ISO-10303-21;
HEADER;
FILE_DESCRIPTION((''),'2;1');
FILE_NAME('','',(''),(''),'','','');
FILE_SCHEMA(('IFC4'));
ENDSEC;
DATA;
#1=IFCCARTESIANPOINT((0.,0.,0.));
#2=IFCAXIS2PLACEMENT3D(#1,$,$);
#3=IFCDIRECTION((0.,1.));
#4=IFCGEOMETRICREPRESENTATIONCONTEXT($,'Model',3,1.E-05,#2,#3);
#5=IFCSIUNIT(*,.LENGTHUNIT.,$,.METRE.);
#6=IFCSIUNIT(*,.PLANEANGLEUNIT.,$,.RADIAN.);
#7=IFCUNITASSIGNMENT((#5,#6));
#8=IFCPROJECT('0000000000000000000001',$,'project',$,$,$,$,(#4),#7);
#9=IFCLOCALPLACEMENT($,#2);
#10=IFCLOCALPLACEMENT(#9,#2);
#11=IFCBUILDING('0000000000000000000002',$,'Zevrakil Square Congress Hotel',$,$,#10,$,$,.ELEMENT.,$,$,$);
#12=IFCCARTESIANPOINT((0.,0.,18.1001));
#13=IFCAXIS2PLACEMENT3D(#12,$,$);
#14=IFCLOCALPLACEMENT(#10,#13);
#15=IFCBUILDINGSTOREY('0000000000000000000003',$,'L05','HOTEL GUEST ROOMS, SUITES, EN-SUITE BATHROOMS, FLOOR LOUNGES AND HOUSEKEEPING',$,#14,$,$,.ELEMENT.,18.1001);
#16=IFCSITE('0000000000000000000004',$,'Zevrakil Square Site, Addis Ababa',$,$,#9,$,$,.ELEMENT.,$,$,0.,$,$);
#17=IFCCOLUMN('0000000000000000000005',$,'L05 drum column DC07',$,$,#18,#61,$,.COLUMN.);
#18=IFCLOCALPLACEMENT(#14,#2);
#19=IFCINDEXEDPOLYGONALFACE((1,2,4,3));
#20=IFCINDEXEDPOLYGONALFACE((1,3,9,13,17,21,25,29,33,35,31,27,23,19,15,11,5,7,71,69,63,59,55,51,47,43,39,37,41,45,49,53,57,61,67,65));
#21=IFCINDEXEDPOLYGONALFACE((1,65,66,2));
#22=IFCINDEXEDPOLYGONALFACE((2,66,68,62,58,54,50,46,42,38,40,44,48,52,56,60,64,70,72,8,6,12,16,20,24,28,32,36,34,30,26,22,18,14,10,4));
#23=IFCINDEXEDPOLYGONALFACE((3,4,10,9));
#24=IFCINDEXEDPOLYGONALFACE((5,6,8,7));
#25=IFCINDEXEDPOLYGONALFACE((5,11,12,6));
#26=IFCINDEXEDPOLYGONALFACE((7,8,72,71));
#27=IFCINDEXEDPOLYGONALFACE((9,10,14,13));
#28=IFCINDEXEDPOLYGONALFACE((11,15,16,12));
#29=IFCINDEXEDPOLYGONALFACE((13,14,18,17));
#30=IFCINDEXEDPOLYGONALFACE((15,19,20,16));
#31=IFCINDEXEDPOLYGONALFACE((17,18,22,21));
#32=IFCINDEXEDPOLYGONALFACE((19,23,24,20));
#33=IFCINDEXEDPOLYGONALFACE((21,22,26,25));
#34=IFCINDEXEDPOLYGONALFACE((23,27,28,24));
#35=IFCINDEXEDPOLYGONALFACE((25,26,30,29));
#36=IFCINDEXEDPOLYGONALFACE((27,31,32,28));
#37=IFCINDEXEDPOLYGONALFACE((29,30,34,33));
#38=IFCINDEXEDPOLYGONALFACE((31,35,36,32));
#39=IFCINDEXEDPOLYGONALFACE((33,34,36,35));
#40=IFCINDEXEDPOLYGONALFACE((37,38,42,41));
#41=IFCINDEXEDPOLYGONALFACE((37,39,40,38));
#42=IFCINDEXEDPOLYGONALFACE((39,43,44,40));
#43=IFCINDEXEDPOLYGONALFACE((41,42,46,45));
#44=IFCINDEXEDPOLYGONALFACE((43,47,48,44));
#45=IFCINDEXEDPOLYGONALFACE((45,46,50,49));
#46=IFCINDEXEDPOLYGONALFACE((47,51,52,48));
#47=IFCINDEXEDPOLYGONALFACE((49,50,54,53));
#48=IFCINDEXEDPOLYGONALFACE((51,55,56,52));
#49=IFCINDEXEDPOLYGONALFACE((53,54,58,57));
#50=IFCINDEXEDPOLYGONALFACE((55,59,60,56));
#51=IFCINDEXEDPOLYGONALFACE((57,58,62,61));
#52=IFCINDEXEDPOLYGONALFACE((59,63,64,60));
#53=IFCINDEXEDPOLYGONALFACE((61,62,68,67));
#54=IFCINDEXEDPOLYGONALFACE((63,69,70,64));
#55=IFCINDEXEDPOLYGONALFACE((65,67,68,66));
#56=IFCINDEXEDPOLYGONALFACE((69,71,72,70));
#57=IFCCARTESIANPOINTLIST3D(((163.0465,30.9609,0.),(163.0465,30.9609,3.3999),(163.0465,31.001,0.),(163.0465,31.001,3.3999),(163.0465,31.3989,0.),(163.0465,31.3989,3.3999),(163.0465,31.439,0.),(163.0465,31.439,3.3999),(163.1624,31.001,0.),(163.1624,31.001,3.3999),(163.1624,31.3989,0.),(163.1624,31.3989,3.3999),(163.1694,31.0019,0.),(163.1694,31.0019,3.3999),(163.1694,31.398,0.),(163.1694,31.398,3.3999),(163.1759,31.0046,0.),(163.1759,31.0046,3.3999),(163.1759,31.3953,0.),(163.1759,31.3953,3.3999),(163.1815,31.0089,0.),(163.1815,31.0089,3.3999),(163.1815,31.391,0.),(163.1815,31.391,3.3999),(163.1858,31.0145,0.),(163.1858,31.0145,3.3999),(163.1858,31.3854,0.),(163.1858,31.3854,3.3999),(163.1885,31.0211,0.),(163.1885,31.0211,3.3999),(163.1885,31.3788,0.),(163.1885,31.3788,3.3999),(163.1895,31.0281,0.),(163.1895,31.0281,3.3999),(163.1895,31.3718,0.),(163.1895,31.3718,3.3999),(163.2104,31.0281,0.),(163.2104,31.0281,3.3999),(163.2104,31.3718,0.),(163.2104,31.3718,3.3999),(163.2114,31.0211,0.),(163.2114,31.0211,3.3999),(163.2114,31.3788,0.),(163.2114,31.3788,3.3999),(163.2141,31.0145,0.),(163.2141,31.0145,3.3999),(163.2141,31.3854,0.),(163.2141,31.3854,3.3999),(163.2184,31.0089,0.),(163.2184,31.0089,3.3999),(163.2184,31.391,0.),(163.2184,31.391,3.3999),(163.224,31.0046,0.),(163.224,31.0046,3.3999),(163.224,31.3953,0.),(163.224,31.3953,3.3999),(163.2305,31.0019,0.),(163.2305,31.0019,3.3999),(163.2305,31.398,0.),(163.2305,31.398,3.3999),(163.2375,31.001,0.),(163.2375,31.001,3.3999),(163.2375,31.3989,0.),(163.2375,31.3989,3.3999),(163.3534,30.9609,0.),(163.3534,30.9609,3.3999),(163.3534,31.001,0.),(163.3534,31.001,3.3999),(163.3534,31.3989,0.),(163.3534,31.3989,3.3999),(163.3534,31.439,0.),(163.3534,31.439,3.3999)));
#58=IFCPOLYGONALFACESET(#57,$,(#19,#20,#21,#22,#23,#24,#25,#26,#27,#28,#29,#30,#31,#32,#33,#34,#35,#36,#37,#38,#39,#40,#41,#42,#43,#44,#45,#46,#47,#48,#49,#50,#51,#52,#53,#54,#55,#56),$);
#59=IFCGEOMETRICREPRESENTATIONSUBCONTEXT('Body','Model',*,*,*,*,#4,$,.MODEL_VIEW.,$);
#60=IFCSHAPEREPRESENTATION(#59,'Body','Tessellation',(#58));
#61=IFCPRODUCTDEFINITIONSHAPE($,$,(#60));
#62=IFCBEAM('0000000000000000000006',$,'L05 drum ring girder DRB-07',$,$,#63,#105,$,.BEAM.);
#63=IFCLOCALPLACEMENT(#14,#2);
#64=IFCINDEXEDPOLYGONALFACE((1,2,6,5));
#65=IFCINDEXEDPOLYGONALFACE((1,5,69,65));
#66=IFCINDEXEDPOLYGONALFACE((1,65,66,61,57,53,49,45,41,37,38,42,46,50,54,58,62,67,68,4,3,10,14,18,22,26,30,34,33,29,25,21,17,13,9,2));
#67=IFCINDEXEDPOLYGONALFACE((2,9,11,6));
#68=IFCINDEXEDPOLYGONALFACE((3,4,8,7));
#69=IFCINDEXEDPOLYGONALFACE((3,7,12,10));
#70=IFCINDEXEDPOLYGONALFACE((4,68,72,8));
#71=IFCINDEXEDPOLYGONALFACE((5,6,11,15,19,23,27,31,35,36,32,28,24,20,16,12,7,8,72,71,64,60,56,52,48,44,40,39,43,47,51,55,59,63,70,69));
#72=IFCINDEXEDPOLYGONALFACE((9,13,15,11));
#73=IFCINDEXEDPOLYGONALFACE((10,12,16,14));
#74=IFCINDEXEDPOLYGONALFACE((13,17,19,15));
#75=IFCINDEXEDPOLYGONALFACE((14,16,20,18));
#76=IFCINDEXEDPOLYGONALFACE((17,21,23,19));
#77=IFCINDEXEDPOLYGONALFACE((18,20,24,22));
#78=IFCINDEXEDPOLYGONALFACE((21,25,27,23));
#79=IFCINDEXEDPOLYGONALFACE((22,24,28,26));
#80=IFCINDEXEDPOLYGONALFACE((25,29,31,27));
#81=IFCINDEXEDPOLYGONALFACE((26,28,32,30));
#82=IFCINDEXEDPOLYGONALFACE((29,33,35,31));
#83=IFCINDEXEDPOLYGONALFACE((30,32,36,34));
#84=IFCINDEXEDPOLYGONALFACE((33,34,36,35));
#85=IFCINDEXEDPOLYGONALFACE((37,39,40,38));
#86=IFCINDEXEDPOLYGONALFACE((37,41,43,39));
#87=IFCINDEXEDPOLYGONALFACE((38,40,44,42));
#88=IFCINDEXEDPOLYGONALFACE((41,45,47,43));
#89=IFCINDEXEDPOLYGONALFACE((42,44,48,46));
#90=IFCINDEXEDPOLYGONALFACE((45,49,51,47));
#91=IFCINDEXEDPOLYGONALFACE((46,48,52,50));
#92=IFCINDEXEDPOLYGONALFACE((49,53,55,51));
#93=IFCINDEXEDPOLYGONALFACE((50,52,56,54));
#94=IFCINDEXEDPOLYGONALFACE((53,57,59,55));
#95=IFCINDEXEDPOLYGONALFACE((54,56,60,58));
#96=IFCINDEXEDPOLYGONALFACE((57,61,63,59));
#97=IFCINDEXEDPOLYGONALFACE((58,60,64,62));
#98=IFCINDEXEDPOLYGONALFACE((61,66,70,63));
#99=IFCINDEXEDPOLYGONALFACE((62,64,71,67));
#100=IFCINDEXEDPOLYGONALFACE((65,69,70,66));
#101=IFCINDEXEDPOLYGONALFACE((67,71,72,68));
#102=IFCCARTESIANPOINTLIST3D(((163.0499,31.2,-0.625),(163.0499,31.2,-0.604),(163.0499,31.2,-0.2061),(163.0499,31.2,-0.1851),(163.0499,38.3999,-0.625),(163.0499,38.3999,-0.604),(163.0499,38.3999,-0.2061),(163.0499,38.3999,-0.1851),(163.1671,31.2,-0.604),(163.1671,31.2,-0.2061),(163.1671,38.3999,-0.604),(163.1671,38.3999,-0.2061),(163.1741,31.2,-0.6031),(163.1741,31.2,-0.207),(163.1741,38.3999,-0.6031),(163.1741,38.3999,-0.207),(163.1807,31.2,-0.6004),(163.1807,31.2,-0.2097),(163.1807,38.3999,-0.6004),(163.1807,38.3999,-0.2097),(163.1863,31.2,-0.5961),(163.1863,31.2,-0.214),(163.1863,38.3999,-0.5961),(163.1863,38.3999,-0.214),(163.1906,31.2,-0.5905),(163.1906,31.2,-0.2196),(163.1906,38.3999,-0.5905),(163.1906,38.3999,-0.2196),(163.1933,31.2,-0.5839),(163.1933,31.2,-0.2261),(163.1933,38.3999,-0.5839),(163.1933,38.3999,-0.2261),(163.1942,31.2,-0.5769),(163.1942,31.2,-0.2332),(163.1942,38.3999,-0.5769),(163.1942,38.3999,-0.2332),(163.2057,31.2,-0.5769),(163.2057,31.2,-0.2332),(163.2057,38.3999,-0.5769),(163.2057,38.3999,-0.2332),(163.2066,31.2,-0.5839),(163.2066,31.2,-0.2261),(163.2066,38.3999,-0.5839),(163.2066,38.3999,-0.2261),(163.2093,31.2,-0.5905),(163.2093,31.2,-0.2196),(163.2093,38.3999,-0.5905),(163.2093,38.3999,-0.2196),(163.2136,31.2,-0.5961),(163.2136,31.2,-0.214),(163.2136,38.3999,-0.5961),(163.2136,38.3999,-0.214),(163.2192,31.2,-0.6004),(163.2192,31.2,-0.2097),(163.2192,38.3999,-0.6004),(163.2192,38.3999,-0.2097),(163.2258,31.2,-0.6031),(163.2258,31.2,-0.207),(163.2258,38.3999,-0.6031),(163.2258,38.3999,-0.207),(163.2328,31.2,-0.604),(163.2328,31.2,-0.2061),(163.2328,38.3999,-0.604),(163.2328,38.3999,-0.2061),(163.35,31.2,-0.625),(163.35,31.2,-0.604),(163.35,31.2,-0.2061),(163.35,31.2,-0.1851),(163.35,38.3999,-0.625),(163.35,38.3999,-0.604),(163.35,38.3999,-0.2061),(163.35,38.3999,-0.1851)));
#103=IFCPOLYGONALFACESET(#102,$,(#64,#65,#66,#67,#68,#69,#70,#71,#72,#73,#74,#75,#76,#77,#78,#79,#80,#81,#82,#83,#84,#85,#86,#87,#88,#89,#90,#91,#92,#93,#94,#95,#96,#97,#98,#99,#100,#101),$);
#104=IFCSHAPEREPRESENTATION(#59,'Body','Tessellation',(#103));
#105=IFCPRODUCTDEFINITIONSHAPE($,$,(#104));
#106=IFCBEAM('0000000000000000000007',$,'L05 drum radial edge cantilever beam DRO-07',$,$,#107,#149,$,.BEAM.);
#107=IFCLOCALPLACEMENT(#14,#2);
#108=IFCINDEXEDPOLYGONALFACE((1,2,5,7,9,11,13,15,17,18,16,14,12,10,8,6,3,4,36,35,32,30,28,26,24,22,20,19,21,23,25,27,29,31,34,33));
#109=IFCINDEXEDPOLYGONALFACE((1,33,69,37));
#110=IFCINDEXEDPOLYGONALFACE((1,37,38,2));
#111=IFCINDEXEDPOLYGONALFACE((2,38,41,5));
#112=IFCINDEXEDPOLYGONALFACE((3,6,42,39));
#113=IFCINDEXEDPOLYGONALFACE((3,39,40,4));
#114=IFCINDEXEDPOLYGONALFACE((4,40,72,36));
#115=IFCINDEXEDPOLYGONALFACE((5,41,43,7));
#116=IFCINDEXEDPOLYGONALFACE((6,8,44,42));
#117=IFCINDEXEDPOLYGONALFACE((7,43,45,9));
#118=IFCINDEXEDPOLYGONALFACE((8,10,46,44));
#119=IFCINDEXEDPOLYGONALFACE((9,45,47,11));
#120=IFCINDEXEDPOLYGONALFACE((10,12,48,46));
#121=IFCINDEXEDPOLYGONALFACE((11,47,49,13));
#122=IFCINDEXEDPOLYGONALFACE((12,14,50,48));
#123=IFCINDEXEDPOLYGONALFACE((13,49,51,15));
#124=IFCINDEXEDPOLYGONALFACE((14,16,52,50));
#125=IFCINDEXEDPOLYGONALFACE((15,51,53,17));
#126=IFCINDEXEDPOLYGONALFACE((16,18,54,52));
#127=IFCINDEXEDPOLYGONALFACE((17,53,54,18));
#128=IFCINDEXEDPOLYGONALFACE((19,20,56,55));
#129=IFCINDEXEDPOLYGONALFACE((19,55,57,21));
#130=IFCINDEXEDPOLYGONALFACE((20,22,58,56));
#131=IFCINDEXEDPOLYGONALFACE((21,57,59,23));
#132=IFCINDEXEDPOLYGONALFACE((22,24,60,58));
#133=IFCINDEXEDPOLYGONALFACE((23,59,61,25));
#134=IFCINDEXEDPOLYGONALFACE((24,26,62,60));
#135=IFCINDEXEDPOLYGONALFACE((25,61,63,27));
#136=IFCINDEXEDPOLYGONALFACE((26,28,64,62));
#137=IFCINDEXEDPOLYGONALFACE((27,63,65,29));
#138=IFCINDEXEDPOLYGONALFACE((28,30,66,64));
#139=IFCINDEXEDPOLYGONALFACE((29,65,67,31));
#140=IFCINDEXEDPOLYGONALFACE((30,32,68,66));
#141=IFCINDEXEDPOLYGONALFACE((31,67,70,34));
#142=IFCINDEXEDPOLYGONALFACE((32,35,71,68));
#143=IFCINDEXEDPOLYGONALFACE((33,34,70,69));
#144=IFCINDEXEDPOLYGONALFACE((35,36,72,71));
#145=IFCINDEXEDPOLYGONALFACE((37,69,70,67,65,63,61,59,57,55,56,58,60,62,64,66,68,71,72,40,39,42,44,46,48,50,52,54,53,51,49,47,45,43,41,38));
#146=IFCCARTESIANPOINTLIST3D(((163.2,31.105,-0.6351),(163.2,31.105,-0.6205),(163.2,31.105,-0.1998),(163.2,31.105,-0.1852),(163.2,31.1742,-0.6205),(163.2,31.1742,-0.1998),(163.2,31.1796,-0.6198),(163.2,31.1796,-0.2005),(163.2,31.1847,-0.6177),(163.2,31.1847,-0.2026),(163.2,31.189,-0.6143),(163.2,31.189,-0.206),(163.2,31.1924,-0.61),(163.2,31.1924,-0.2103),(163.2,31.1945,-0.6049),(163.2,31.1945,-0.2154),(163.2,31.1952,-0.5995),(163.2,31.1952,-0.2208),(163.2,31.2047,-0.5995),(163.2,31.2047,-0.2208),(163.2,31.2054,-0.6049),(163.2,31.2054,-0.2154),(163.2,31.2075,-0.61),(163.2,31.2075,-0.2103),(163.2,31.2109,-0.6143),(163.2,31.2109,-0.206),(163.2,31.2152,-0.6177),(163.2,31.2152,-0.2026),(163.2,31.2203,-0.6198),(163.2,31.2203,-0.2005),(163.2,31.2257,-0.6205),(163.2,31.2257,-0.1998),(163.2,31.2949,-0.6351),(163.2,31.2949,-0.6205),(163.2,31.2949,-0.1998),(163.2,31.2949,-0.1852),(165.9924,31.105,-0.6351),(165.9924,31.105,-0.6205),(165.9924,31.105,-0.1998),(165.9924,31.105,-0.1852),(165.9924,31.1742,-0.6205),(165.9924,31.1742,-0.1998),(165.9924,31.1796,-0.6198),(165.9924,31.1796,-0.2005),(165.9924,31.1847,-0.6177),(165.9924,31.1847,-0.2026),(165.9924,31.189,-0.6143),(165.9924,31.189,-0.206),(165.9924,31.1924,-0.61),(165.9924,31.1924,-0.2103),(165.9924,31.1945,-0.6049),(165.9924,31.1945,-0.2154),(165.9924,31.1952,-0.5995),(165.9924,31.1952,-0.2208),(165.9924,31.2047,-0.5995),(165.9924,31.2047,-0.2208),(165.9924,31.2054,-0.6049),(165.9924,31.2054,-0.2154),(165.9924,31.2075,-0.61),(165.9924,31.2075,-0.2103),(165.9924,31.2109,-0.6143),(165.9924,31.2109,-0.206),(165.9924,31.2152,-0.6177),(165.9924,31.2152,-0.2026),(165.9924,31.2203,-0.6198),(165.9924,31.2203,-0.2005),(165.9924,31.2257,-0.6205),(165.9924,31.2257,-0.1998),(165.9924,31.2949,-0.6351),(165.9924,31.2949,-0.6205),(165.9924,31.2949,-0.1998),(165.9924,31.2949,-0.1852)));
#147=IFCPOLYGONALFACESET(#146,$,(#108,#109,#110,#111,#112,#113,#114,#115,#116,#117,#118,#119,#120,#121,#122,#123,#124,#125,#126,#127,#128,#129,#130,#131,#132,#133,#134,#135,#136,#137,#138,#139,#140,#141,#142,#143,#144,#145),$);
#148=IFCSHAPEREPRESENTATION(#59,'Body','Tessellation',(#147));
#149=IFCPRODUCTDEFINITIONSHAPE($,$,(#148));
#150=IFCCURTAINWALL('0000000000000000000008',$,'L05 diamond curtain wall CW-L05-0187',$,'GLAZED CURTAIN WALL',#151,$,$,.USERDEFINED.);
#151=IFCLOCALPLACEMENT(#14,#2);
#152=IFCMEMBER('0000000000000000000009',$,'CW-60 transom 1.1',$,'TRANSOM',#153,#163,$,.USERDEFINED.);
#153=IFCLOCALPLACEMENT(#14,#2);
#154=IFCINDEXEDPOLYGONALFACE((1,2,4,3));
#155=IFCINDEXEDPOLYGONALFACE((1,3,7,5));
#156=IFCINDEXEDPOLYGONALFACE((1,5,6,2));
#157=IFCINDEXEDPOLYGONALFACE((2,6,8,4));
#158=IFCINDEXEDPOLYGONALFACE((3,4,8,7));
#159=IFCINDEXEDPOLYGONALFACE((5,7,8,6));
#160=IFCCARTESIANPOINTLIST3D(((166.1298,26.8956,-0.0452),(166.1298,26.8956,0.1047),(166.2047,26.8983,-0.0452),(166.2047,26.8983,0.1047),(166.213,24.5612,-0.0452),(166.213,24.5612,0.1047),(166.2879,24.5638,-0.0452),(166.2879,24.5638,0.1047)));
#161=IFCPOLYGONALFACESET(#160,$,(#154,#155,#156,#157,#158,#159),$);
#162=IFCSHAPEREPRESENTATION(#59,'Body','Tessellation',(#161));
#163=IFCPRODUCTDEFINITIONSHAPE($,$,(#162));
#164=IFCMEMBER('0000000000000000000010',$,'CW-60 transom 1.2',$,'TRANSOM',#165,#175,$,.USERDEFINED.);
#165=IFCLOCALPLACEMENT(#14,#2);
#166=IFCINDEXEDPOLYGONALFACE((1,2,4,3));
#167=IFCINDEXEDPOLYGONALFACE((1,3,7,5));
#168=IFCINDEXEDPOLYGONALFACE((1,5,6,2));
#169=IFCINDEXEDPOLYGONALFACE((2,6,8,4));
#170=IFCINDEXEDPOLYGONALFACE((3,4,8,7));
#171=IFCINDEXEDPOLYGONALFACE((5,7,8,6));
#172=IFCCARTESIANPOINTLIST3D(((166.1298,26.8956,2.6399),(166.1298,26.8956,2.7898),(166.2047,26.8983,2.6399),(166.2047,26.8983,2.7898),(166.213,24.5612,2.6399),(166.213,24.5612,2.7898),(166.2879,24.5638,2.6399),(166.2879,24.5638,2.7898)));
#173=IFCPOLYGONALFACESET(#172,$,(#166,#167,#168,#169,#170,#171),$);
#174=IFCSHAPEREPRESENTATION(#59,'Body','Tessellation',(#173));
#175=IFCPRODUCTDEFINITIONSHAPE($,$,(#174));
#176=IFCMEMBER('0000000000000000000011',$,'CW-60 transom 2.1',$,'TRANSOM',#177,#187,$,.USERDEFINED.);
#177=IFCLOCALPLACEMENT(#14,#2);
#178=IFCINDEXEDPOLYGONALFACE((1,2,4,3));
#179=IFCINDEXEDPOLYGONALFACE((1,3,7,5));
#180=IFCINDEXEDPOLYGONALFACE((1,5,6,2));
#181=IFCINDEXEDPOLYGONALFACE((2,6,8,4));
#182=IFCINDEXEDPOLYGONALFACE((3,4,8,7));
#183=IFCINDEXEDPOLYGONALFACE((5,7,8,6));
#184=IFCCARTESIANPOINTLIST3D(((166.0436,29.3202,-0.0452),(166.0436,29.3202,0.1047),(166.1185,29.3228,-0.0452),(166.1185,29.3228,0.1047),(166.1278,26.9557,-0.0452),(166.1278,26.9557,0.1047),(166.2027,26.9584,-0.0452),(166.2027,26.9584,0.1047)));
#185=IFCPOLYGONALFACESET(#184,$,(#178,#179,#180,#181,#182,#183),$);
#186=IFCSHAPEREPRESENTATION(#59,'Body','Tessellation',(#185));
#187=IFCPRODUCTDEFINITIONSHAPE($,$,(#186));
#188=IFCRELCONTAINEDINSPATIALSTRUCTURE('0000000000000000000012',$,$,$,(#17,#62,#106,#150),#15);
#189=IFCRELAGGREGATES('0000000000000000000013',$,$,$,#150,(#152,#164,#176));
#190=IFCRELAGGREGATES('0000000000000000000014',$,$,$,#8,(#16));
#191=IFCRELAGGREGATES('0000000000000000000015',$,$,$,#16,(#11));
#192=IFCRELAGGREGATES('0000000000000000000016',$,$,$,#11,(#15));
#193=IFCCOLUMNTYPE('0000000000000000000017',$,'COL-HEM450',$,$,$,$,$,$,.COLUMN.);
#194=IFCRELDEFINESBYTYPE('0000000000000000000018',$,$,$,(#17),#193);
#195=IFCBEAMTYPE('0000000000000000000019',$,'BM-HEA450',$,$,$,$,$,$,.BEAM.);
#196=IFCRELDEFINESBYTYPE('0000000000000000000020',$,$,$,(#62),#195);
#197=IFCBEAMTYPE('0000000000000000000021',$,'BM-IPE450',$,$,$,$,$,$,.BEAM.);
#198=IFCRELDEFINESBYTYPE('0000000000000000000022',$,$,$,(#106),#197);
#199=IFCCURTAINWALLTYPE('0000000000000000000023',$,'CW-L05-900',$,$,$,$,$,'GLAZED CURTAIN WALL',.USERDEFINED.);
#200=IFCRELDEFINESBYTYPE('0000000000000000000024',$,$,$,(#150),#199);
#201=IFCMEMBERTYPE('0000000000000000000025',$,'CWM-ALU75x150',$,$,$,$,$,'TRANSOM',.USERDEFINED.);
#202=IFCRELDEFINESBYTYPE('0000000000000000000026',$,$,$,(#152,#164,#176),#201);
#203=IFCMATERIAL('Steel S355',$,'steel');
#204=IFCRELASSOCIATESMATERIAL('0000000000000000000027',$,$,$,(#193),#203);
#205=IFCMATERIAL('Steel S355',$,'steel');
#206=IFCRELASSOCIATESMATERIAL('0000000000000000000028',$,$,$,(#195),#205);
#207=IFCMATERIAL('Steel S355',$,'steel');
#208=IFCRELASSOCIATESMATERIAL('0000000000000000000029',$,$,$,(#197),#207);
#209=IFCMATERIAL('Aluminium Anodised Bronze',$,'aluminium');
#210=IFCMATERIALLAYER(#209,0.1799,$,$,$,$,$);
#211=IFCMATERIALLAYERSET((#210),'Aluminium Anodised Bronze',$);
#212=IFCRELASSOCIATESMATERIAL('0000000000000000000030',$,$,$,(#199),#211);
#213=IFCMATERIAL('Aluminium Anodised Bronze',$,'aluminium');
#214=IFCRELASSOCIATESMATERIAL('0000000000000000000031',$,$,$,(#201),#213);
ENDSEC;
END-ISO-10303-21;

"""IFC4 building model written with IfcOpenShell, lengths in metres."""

from ifc_helpers import new_model, si_unit, direction, frame, origin, origin_2d, place, context, subcontext, project, spatial, rectangle, i_section, extrude, material, layer, layer_set, material_profile, profile_set, type_object, element, aggregate, save


model = new_model("IFC4")

# Units and contexts
model_context = context("Model", 3, precision=1e-05, world=origin(), true_north=direction((0.0, 1.0)))
body_context = subcontext(model_context, "Body", "Model", "MODEL_VIEW")
ifc_project = project(units=[si_unit("LENGTHUNIT", "METRE"), si_unit("PLANEANGLEUNIT", "RADIAN")], contexts=[model_context])

# Site, building, storey
site_placement = place(None, origin())
site = spatial("IfcSite", under=ifc_project, at=site_placement, Name="Zevrakil Square Site, Addis Ababa", CompositionType="ELEMENT", RefElevation=0.0)
building_placement = place(site_placement, origin())
building = spatial("IfcBuilding", under=site, at=building_placement, Name="Zevrakil Square Congress Hotel", CompositionType="ELEMENT")
storey_placement = place(building_placement, frame((0.0, 0.0, 18.1001)))
storey = spatial("IfcBuildingStorey", under=building, at=storey_placement, Name="L05", Description="HOTEL GUEST ROOMS, SUITES, EN-SUITE BATHROOMS, FLOOR LOUNGES AND HOUSEKEEPING", CompositionType="ELEMENT", Elevation=18.1001)

# Column
ifc_material_1 = material(Name="Steel S355", Category="steel")
ifc_material_profile_1 = material_profile(ifc_material_1, i_section(OverallWidth=0.3069, OverallDepth=0.478, WebThickness=0.021, FlangeThickness=0.04, FilletRadius=0.0271, at=origin_2d()), Name="HEM 450")
ifc_profile_set_1 = profile_set([ifc_material_profile_1], Name="Steel S355")
column_type = type_object("IfcColumnType", Name="COL-HEM450", PredefinedType="COLUMN", material=ifc_profile_set_1)
column_placement = place(storey_placement, frame((163.2, 31.2, 0.0), z_axis=(0.0, 0.0, 1.0), x_axis=(1.0, 0.0, 0.0)))
element("IfcColumn", 1, at=column_placement, inside=storey, type_object=column_type, Name="L05 drum column DC07", PredefinedType="COLUMN", context=body_context, shape_type="SweptSolid", body=[
    extrude(i_section(OverallWidth=0.3069, OverallDepth=0.478, WebThickness=0.021, FlangeThickness=0.04, FilletRadius=0.0271, at=origin_2d()), origin(), (0.0, 0.0, 1.0), 3.3999),
])

# Beams
ifc_material_2 = material(Name="Steel S355", Category="steel")
ifc_material_profile_2 = material_profile(ifc_material_2, i_section(OverallWidth=0.3, OverallDepth=0.4399, WebThickness=0.0115, FlangeThickness=0.021, FilletRadius=0.0271, at=origin_2d()), Name="HEA 450")
ifc_profile_set_2 = profile_set([ifc_material_profile_2], Name="Steel S355")
beam_type_1 = type_object("IfcBeamType", Name="BM-HEA450", PredefinedType="BEAM", material=ifc_profile_set_2)
beam_1_placement = place(storey_placement, frame((163.2, 31.2, -0.405), z_axis=(0.0, 1.0, 0.0), x_axis=(-1.0, 0.0, 0.0)))
element("IfcBeam", 2, at=beam_1_placement, inside=storey, type_object=beam_type_1, Name="L05 drum ring girder DRB-07", PredefinedType="BEAM", context=body_context, shape_type="SweptSolid", body=[
    extrude(i_section(OverallWidth=0.3, OverallDepth=0.4399, WebThickness=0.0115, FlangeThickness=0.021, FilletRadius=0.0271, at=origin_2d()), origin(), (0.0, 0.0, 1.0), 7.2),
])
ifc_material_3 = material(Name="Steel S355", Category="steel")
ifc_material_profile_3 = material_profile(ifc_material_3, i_section(OverallWidth=0.1899, OverallDepth=0.45, WebThickness=0.0095, FlangeThickness=0.0146, FilletRadius=0.021, at=origin_2d()), Name="IPE 450")
ifc_profile_set_3 = profile_set([ifc_material_profile_3], Name="Steel S355")
beam_type_2 = type_object("IfcBeamType", Name="BM-IPE450", PredefinedType="BEAM", material=ifc_profile_set_3)
beam_2_placement = place(storey_placement, frame((163.2, 31.2, -0.4102), z_axis=(1.0, 0.0, 0.0), x_axis=(0.0, 1.0, 0.0)))
element("IfcBeam", 3, at=beam_2_placement, inside=storey, type_object=beam_type_2, Name="L05 drum radial edge cantilever beam DRO-07", PredefinedType="BEAM", context=body_context, shape_type="SweptSolid", body=[
    extrude(i_section(OverallWidth=0.1899, OverallDepth=0.45, WebThickness=0.0095, FlangeThickness=0.0146, FilletRadius=0.021, at=origin_2d()), origin(), (0.0, 0.0, 1.0), 2.7925),
])

# Curtain wall, members
ifc_material_4 = material(Name="Aluminium Anodised Bronze", Category="aluminium")
ifc_layer_1 = layer(ifc_material_4, 0.1799)
ifc_layer_set_1 = layer_set([ifc_layer_1], Name="Aluminium Anodised Bronze")
curtain_wall_type_1 = type_object("IfcCurtainWallType", Name="CW-L05-900", ElementType="GLAZED CURTAIN WALL", PredefinedType="USERDEFINED", material=ifc_layer_set_1)
curtain_wall_1_placement = place(storey_placement, origin())
curtain_wall_1 = element("IfcCurtainWall", 4, at=curtain_wall_1_placement, inside=storey, type_object=curtain_wall_type_1, Name="L05 diamond curtain wall CW-L05-0187", ObjectType="GLAZED CURTAIN WALL", PredefinedType="USERDEFINED")
ifc_material_5 = material(Name="Aluminium Anodised Bronze", Category="aluminium")
ifc_material_profile_4 = material_profile(ifc_material_5, rectangle(XDim=0.075, YDim=0.1499, at=origin_2d()), Name="ALU 75x150")
ifc_profile_set_4 = profile_set([ifc_material_profile_4], Name="Aluminium Anodised Bronze")
member_type_1 = type_object("IfcMemberType", Name="CWM-ALU75x150", ElementType="TRANSOM", PredefinedType="USERDEFINED", material=ifc_profile_set_4)
member_1_placement = place(storey_placement, frame((166.2505, 24.5625, 0.0298), z_axis=(-0.035639, 0.999365, 0.0), x_axis=(-0.999365, -0.035639, 0.0)))
member_1 = element("IfcMember", 5, at=member_1_placement, type_object=member_type_1, Name="CW-60 transom 1.1", ObjectType="TRANSOM", PredefinedType="USERDEFINED", context=body_context, shape_type="SweptSolid", body=[
    extrude(rectangle(XDim=0.075, YDim=0.1499, at=origin_2d()), origin(), (0.0, 0.0, 1.0), 2.3359),
])
member_2_placement = place(storey_placement, frame((166.2505, 24.5625, 2.7148), z_axis=(-0.035639, 0.999365, 0.0), x_axis=(-0.999365, -0.035639, 0.0)))
member_2 = element("IfcMember", 6, at=member_2_placement, type_object=member_type_1, Name="CW-60 transom 1.2", ObjectType="TRANSOM", PredefinedType="USERDEFINED", context=body_context, shape_type="SweptSolid", body=[
    extrude(rectangle(XDim=0.075, YDim=0.1499, at=origin_2d()), origin(), (0.0, 0.0, 1.0), 2.3359),
])
member_3_placement = place(storey_placement, frame((166.1653, 26.957, 0.0298), z_axis=(-0.0356, 0.999366, 0.0), x_axis=(-0.999366, -0.0356, 0.0)))
member_3 = element("IfcMember", 7, at=member_3_placement, type_object=member_type_1, Name="CW-60 transom 2.1", ObjectType="TRANSOM", PredefinedType="USERDEFINED", context=body_context, shape_type="SweptSolid", body=[
    extrude(rectangle(XDim=0.075, YDim=0.1499, at=origin_2d()), origin(), (0.0, 0.0, 1.0), 2.366),
])

aggregate(curtain_wall_1, [member_1, member_2, member_3])

save(model, "model.ifc")
